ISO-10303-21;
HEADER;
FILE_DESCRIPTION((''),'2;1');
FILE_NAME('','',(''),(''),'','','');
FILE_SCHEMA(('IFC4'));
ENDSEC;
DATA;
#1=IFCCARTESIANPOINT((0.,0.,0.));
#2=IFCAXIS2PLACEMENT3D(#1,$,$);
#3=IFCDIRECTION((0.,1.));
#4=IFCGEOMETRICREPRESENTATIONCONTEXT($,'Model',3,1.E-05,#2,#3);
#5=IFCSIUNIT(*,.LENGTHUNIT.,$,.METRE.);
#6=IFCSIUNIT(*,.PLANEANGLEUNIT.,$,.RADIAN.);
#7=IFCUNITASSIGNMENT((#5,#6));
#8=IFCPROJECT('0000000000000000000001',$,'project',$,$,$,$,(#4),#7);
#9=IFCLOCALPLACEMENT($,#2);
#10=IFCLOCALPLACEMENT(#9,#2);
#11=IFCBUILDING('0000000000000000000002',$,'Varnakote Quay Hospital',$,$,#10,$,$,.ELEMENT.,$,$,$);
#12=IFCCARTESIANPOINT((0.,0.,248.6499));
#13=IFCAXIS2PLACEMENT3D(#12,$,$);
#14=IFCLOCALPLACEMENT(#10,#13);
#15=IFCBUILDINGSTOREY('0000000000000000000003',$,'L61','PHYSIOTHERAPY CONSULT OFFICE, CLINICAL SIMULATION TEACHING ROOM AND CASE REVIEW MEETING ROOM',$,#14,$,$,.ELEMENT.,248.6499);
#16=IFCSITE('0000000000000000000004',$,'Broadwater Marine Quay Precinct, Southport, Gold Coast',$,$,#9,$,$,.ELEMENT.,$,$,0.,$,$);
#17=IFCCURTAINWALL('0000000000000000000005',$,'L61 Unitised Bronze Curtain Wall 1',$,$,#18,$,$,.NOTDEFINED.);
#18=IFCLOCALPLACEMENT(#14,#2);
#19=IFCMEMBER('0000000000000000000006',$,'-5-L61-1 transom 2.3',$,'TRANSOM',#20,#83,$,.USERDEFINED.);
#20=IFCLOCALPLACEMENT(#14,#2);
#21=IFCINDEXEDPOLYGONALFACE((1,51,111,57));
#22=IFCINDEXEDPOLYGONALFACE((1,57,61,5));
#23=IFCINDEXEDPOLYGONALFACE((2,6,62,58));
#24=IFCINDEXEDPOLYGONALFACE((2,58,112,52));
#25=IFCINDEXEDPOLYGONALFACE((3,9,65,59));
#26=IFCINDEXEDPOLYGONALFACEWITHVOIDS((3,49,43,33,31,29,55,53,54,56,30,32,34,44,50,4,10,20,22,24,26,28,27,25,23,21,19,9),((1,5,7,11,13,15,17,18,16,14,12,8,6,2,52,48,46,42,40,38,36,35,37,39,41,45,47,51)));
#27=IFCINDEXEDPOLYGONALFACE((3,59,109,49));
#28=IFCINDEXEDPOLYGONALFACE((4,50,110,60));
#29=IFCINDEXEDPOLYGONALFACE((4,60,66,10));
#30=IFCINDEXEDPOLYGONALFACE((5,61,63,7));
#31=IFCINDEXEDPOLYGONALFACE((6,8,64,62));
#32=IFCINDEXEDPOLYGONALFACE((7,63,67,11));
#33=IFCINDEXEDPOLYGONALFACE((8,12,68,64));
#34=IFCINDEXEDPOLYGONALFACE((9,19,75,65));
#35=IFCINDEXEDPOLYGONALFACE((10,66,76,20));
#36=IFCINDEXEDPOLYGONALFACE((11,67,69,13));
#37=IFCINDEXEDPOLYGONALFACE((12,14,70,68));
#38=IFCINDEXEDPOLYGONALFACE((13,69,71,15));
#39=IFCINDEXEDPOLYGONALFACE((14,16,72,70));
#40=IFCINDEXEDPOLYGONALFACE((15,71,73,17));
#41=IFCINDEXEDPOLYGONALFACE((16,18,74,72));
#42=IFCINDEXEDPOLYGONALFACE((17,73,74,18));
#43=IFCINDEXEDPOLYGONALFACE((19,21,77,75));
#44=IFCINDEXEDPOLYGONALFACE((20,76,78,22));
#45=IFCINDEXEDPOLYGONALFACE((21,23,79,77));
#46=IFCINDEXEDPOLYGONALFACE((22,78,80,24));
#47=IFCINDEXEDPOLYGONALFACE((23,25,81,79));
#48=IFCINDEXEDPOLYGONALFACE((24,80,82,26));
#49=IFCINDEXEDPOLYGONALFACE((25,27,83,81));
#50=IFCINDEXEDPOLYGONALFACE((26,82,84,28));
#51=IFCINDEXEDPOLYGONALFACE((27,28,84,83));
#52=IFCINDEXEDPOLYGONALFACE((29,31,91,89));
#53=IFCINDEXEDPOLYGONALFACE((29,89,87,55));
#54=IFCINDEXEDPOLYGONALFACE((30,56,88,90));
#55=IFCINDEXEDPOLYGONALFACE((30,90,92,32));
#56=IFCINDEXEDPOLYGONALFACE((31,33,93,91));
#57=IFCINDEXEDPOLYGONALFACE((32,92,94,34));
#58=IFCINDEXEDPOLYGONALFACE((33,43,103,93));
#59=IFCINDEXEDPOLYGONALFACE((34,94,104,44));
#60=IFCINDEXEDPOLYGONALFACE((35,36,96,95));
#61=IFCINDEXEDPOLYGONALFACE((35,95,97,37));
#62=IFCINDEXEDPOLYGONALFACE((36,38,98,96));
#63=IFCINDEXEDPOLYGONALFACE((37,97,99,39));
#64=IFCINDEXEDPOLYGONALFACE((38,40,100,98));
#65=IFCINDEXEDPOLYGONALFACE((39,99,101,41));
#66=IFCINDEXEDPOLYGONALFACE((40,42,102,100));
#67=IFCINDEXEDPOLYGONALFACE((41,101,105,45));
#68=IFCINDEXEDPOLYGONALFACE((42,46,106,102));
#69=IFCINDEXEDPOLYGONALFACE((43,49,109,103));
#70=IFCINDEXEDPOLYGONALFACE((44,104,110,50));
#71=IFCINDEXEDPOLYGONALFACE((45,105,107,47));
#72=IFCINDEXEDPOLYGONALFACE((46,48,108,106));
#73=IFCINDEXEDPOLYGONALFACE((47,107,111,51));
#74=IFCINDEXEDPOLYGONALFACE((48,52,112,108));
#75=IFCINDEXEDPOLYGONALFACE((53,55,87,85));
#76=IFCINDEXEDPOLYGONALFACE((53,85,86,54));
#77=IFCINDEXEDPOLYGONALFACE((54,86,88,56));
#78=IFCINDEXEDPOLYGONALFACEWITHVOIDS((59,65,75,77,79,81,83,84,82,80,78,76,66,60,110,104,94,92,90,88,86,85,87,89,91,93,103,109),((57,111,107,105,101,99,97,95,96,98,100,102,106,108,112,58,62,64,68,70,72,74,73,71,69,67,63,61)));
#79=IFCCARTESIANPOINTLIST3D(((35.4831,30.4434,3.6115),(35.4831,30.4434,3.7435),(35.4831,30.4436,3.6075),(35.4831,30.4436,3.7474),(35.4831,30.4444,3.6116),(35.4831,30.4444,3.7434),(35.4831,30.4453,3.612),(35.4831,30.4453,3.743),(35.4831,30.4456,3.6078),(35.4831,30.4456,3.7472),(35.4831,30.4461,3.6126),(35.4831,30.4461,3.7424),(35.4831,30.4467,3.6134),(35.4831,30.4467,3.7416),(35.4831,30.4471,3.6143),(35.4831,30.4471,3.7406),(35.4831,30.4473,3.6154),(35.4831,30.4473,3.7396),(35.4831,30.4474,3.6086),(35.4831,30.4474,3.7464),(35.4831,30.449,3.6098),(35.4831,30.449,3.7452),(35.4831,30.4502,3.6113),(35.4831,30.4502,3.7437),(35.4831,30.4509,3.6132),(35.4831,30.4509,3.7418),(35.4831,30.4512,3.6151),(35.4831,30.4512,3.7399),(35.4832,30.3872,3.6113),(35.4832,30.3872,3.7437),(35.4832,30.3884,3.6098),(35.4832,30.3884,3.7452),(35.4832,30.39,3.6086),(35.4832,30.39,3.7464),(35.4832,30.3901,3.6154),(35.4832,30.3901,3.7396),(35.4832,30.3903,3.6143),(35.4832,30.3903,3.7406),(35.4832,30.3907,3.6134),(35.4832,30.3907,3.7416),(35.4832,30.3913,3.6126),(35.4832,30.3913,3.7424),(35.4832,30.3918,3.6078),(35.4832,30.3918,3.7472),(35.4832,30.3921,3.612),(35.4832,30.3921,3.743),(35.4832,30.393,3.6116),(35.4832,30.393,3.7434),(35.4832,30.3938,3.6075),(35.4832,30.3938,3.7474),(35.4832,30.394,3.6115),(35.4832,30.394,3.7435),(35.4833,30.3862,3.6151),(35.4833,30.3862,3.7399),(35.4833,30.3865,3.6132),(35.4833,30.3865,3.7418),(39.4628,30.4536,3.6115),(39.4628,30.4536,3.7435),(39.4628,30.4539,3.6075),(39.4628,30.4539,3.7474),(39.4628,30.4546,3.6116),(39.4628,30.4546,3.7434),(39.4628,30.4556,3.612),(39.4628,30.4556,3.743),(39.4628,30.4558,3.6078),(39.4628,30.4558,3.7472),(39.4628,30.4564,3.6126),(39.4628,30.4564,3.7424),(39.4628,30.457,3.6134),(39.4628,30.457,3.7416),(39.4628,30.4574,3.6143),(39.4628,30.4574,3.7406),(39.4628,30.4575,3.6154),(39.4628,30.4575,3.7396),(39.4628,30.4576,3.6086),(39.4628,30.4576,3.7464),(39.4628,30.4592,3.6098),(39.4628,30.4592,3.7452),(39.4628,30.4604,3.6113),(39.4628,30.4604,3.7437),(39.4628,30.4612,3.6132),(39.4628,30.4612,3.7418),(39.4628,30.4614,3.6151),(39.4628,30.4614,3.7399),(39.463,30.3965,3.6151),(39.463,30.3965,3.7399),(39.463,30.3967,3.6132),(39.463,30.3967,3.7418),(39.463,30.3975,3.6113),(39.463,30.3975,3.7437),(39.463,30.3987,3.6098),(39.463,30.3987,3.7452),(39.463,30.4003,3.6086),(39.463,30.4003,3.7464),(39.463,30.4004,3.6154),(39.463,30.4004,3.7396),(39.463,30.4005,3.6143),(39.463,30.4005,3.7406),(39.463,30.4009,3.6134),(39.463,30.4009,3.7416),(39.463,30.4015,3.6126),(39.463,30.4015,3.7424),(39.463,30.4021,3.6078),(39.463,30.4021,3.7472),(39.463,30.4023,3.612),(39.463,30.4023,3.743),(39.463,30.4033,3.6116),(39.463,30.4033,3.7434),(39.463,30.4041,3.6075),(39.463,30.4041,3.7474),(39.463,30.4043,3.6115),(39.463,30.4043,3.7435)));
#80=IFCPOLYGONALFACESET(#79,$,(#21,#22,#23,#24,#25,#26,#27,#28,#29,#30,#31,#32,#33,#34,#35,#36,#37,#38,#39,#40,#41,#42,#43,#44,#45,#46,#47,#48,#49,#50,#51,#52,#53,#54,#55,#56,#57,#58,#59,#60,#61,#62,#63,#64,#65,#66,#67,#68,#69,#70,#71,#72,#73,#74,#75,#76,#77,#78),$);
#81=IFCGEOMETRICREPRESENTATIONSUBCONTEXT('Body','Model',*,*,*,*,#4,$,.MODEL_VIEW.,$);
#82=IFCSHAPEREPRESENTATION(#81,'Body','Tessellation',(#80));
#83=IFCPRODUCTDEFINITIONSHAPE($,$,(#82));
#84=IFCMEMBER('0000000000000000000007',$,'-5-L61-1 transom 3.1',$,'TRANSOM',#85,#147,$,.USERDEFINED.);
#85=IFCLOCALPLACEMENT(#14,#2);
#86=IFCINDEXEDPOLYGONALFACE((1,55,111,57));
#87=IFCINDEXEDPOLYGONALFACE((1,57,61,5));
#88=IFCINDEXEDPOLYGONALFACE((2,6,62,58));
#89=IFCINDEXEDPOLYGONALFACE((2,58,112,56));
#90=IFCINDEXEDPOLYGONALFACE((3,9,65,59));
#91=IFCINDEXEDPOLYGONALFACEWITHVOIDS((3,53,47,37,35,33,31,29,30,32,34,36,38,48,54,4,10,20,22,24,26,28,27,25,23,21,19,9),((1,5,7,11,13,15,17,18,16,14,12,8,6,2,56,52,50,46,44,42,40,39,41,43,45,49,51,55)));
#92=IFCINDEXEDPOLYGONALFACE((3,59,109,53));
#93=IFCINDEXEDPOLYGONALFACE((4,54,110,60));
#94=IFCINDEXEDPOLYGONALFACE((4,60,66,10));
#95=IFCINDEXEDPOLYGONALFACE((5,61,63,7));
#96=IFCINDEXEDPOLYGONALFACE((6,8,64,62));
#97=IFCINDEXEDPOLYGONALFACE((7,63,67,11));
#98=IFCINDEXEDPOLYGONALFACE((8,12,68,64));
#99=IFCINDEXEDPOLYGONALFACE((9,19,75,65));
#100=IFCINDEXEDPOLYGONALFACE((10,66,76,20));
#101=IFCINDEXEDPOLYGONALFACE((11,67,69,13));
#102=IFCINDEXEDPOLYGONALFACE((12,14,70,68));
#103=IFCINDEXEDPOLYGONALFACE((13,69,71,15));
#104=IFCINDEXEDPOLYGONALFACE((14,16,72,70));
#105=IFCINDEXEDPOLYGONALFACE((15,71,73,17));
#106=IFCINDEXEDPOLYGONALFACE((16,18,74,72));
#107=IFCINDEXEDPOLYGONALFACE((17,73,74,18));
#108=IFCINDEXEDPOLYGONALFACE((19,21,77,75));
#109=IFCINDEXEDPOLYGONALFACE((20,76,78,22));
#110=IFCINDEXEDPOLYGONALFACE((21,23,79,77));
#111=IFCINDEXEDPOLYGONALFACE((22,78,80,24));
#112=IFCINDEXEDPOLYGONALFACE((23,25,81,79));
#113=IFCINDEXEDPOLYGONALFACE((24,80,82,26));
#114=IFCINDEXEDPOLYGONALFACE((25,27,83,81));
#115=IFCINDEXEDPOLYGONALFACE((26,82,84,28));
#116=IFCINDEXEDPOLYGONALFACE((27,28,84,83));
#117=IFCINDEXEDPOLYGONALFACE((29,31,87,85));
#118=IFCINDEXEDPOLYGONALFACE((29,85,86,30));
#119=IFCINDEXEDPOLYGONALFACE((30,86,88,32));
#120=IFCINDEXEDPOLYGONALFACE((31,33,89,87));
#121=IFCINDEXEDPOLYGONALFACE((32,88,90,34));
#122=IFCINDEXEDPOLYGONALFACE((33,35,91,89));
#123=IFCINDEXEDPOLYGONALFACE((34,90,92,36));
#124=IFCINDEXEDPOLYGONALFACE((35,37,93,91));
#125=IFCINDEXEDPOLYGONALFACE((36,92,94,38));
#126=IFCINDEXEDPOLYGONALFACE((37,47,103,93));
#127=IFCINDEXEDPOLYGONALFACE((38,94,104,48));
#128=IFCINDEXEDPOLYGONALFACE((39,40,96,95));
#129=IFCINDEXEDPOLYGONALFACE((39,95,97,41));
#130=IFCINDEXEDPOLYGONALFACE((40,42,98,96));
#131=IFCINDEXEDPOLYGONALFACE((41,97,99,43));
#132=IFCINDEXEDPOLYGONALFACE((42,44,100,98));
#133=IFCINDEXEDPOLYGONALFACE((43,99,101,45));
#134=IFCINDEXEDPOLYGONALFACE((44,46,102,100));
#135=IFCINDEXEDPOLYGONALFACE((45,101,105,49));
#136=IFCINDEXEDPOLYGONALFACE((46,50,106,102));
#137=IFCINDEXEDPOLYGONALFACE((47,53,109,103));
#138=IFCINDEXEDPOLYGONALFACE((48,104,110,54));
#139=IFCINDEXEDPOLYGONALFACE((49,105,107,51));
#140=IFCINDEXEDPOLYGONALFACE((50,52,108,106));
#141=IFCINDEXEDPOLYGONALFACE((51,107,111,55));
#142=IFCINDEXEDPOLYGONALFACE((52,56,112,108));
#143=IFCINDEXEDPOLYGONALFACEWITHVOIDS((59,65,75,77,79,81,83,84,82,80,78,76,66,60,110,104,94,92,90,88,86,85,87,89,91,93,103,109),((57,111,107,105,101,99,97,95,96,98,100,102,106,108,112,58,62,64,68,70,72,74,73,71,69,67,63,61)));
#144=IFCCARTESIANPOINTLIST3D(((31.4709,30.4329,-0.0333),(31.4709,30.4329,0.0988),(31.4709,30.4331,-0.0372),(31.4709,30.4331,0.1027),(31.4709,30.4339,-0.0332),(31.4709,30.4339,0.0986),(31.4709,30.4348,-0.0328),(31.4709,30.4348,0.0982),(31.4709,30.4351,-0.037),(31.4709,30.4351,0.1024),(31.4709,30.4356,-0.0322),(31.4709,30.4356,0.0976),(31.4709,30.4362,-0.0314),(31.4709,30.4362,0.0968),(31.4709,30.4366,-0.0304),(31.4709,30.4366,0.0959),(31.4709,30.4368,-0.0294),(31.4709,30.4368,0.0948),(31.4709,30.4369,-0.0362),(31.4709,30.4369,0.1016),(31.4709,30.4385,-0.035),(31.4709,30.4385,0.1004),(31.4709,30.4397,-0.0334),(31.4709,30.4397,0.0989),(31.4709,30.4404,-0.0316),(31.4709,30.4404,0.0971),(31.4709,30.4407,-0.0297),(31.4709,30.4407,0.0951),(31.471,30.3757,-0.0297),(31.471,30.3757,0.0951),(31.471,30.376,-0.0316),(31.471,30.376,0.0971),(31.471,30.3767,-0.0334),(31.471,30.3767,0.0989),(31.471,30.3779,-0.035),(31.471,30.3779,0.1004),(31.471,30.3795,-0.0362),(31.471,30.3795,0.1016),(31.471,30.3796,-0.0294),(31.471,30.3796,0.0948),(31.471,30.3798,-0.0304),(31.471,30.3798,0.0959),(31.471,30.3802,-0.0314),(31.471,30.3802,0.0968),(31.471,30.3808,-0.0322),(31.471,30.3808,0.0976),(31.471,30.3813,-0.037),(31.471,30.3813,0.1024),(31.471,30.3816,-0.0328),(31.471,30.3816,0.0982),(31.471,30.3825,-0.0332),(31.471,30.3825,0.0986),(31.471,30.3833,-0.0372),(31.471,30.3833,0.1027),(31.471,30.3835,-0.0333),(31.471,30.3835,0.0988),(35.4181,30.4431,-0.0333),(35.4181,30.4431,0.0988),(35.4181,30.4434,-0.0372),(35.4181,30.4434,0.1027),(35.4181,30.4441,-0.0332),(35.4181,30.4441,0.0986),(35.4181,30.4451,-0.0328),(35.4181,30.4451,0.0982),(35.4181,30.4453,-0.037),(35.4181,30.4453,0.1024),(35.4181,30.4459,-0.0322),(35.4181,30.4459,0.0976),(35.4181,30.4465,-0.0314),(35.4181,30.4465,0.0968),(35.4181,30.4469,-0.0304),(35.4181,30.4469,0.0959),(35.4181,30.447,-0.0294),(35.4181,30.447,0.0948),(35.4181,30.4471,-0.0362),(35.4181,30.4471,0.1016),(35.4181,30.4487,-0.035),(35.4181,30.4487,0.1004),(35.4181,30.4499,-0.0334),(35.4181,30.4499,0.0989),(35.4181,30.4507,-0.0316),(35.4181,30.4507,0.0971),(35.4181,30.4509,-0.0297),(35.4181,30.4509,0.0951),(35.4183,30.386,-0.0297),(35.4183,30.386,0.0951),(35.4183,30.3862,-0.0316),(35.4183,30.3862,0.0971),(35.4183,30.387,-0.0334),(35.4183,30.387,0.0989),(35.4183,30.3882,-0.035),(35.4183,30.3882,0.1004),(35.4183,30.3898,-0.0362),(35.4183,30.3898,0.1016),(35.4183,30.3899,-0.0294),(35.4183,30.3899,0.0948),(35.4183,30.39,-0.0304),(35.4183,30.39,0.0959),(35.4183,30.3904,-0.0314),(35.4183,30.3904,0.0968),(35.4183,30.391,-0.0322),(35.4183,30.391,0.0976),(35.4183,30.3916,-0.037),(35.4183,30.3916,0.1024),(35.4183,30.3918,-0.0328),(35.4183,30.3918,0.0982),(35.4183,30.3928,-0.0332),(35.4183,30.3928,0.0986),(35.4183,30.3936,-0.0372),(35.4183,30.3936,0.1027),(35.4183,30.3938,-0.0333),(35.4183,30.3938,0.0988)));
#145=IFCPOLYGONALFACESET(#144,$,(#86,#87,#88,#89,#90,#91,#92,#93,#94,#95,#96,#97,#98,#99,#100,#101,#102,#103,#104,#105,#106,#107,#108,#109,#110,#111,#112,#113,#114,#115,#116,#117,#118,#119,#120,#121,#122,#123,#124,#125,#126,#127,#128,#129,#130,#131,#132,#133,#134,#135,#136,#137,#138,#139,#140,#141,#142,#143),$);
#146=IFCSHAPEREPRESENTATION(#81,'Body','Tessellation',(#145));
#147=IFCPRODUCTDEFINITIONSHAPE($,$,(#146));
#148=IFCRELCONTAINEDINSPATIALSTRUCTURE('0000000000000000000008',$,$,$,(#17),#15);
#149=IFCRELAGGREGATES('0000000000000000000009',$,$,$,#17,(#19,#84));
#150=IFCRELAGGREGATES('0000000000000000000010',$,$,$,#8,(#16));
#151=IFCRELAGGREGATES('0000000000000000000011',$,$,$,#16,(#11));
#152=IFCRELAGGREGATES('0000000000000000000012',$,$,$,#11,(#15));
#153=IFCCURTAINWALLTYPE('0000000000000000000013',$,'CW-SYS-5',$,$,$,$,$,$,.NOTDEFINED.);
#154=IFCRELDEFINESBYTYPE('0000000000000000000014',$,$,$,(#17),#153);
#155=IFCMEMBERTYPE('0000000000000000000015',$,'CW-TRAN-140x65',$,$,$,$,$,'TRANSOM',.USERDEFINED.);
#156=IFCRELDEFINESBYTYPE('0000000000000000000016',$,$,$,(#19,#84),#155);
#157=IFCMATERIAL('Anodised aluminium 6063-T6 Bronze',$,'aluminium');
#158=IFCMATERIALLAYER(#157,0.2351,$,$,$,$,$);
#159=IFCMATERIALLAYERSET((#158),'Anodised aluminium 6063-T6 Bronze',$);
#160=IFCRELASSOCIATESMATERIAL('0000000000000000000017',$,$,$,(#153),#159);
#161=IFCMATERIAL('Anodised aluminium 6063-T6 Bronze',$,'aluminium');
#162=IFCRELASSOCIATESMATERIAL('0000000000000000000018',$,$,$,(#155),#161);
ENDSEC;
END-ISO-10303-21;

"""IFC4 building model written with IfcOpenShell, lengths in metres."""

from ifc_helpers import new_model, si_unit, direction, frame, origin, origin_2d, place, context, subcontext, project, spatial, hollow_rectangle, extrude, material, layer, layer_set, material_profile, profile_set, type_object, element, aggregate, save


model = new_model("IFC4")

# Units and contexts
model_context = context("Model", 3, precision=1e-05, world=origin(), true_north=direction((0.0, 1.0)))
body_context = subcontext(model_context, "Body", "Model", "MODEL_VIEW")
ifc_project = project(units=[si_unit("LENGTHUNIT", "METRE"), si_unit("PLANEANGLEUNIT", "RADIAN")], contexts=[model_context])

# Site, building, storey
site_placement = place(None, origin())
site = spatial("IfcSite", under=ifc_project, at=site_placement, Name="Broadwater Marine Quay Precinct, Southport, Gold Coast", CompositionType="ELEMENT", RefElevation=0.0)
building_placement = place(site_placement, origin())
building = spatial("IfcBuilding", under=site, at=building_placement, Name="Varnakote Quay Hospital", CompositionType="ELEMENT")
storey_placement = place(building_placement, frame((0.0, 0.0, 248.6499)))
storey = spatial("IfcBuildingStorey", under=building, at=storey_placement, Name="L61", Description="PHYSIOTHERAPY CONSULT OFFICE, CLINICAL SIMULATION TEACHING ROOM AND CASE REVIEW MEETING ROOM", CompositionType="ELEMENT", Elevation=248.6499)

# Curtain wall, members
ifc_material_1 = material(Name="Anodised aluminium 6063-T6 Bronze", Category="aluminium")
ifc_layer_1 = layer(ifc_material_1, 0.2351)
ifc_layer_set_1 = layer_set([ifc_layer_1], Name="Anodised aluminium 6063-T6 Bronze")
curtain_wall_type = type_object("IfcCurtainWallType", Name="CW-SYS-5", PredefinedType="NOTDEFINED", material=ifc_layer_set_1)
curtain_wall_placement = place(storey_placement, origin())
curtain_wall = element("IfcCurtainWall", 1, at=curtain_wall_placement, inside=storey, type_object=curtain_wall_type, Name="L61 Unitised Bronze Curtain Wall 1", PredefinedType="NOTDEFINED")
ifc_material_2 = material(Name="Anodised aluminium 6063-T6 Bronze", Category="aluminium")
ifc_material_profile_1 = material_profile(ifc_material_2, hollow_rectangle(XDim=0.0649, YDim=0.1399, WallThickness=0.0039, InnerFilletRadius=0.0039, OuterFilletRadius=0.0076, at=origin_2d()), Name="CW-TRAN-140x65")
ifc_profile_set_1 = profile_set([ifc_material_profile_1], Name="Anodised aluminium 6063-T6 Bronze")
member_type_1 = type_object("IfcMemberType", Name="CW-TRAN-140x65", ElementType="TRANSOM", PredefinedType="USERDEFINED", material=ifc_profile_set_1)
member_1_placement = place(storey_placement, frame((39.4629, 30.429, 3.6775), z_axis=(-0.999997, -0.002577, 0.0), x_axis=(0.002577, -0.999997, 0.0)))
member_1 = element("IfcMember", 2, at=member_1_placement, type_object=member_type_1, Name="-5-L61-1 transom 2.3", ObjectType="TRANSOM", PredefinedType="USERDEFINED", context=body_context, shape_type="SweptSolid", body=[
    extrude(hollow_rectangle(XDim=0.0649, YDim=0.1399, WallThickness=0.0039, InnerFilletRadius=0.0039, OuterFilletRadius=0.0076, at=origin_2d()), origin(), (0.0, 0.0, 1.0), 3.9797),
])
member_2_placement = place(storey_placement, frame((35.4182, 30.4185, 0.0327), z_axis=(-0.999997, -0.002598, 0.0), x_axis=(0.002598, -0.999997, 0.0)))
member_2 = element("IfcMember", 3, at=member_2_placement, type_object=member_type_1, Name="-5-L61-1 transom 3.1", ObjectType="TRANSOM", PredefinedType="USERDEFINED", context=body_context, shape_type="SweptSolid", body=[
    extrude(hollow_rectangle(XDim=0.0649, YDim=0.1399, WallThickness=0.0039, InnerFilletRadius=0.0039, OuterFilletRadius=0.0076, at=origin_2d()), origin(), (0.0, 0.0, 1.0), 3.9473),
])

aggregate(curtain_wall, [member_1, member_2])

save(model, "model.ifc")
